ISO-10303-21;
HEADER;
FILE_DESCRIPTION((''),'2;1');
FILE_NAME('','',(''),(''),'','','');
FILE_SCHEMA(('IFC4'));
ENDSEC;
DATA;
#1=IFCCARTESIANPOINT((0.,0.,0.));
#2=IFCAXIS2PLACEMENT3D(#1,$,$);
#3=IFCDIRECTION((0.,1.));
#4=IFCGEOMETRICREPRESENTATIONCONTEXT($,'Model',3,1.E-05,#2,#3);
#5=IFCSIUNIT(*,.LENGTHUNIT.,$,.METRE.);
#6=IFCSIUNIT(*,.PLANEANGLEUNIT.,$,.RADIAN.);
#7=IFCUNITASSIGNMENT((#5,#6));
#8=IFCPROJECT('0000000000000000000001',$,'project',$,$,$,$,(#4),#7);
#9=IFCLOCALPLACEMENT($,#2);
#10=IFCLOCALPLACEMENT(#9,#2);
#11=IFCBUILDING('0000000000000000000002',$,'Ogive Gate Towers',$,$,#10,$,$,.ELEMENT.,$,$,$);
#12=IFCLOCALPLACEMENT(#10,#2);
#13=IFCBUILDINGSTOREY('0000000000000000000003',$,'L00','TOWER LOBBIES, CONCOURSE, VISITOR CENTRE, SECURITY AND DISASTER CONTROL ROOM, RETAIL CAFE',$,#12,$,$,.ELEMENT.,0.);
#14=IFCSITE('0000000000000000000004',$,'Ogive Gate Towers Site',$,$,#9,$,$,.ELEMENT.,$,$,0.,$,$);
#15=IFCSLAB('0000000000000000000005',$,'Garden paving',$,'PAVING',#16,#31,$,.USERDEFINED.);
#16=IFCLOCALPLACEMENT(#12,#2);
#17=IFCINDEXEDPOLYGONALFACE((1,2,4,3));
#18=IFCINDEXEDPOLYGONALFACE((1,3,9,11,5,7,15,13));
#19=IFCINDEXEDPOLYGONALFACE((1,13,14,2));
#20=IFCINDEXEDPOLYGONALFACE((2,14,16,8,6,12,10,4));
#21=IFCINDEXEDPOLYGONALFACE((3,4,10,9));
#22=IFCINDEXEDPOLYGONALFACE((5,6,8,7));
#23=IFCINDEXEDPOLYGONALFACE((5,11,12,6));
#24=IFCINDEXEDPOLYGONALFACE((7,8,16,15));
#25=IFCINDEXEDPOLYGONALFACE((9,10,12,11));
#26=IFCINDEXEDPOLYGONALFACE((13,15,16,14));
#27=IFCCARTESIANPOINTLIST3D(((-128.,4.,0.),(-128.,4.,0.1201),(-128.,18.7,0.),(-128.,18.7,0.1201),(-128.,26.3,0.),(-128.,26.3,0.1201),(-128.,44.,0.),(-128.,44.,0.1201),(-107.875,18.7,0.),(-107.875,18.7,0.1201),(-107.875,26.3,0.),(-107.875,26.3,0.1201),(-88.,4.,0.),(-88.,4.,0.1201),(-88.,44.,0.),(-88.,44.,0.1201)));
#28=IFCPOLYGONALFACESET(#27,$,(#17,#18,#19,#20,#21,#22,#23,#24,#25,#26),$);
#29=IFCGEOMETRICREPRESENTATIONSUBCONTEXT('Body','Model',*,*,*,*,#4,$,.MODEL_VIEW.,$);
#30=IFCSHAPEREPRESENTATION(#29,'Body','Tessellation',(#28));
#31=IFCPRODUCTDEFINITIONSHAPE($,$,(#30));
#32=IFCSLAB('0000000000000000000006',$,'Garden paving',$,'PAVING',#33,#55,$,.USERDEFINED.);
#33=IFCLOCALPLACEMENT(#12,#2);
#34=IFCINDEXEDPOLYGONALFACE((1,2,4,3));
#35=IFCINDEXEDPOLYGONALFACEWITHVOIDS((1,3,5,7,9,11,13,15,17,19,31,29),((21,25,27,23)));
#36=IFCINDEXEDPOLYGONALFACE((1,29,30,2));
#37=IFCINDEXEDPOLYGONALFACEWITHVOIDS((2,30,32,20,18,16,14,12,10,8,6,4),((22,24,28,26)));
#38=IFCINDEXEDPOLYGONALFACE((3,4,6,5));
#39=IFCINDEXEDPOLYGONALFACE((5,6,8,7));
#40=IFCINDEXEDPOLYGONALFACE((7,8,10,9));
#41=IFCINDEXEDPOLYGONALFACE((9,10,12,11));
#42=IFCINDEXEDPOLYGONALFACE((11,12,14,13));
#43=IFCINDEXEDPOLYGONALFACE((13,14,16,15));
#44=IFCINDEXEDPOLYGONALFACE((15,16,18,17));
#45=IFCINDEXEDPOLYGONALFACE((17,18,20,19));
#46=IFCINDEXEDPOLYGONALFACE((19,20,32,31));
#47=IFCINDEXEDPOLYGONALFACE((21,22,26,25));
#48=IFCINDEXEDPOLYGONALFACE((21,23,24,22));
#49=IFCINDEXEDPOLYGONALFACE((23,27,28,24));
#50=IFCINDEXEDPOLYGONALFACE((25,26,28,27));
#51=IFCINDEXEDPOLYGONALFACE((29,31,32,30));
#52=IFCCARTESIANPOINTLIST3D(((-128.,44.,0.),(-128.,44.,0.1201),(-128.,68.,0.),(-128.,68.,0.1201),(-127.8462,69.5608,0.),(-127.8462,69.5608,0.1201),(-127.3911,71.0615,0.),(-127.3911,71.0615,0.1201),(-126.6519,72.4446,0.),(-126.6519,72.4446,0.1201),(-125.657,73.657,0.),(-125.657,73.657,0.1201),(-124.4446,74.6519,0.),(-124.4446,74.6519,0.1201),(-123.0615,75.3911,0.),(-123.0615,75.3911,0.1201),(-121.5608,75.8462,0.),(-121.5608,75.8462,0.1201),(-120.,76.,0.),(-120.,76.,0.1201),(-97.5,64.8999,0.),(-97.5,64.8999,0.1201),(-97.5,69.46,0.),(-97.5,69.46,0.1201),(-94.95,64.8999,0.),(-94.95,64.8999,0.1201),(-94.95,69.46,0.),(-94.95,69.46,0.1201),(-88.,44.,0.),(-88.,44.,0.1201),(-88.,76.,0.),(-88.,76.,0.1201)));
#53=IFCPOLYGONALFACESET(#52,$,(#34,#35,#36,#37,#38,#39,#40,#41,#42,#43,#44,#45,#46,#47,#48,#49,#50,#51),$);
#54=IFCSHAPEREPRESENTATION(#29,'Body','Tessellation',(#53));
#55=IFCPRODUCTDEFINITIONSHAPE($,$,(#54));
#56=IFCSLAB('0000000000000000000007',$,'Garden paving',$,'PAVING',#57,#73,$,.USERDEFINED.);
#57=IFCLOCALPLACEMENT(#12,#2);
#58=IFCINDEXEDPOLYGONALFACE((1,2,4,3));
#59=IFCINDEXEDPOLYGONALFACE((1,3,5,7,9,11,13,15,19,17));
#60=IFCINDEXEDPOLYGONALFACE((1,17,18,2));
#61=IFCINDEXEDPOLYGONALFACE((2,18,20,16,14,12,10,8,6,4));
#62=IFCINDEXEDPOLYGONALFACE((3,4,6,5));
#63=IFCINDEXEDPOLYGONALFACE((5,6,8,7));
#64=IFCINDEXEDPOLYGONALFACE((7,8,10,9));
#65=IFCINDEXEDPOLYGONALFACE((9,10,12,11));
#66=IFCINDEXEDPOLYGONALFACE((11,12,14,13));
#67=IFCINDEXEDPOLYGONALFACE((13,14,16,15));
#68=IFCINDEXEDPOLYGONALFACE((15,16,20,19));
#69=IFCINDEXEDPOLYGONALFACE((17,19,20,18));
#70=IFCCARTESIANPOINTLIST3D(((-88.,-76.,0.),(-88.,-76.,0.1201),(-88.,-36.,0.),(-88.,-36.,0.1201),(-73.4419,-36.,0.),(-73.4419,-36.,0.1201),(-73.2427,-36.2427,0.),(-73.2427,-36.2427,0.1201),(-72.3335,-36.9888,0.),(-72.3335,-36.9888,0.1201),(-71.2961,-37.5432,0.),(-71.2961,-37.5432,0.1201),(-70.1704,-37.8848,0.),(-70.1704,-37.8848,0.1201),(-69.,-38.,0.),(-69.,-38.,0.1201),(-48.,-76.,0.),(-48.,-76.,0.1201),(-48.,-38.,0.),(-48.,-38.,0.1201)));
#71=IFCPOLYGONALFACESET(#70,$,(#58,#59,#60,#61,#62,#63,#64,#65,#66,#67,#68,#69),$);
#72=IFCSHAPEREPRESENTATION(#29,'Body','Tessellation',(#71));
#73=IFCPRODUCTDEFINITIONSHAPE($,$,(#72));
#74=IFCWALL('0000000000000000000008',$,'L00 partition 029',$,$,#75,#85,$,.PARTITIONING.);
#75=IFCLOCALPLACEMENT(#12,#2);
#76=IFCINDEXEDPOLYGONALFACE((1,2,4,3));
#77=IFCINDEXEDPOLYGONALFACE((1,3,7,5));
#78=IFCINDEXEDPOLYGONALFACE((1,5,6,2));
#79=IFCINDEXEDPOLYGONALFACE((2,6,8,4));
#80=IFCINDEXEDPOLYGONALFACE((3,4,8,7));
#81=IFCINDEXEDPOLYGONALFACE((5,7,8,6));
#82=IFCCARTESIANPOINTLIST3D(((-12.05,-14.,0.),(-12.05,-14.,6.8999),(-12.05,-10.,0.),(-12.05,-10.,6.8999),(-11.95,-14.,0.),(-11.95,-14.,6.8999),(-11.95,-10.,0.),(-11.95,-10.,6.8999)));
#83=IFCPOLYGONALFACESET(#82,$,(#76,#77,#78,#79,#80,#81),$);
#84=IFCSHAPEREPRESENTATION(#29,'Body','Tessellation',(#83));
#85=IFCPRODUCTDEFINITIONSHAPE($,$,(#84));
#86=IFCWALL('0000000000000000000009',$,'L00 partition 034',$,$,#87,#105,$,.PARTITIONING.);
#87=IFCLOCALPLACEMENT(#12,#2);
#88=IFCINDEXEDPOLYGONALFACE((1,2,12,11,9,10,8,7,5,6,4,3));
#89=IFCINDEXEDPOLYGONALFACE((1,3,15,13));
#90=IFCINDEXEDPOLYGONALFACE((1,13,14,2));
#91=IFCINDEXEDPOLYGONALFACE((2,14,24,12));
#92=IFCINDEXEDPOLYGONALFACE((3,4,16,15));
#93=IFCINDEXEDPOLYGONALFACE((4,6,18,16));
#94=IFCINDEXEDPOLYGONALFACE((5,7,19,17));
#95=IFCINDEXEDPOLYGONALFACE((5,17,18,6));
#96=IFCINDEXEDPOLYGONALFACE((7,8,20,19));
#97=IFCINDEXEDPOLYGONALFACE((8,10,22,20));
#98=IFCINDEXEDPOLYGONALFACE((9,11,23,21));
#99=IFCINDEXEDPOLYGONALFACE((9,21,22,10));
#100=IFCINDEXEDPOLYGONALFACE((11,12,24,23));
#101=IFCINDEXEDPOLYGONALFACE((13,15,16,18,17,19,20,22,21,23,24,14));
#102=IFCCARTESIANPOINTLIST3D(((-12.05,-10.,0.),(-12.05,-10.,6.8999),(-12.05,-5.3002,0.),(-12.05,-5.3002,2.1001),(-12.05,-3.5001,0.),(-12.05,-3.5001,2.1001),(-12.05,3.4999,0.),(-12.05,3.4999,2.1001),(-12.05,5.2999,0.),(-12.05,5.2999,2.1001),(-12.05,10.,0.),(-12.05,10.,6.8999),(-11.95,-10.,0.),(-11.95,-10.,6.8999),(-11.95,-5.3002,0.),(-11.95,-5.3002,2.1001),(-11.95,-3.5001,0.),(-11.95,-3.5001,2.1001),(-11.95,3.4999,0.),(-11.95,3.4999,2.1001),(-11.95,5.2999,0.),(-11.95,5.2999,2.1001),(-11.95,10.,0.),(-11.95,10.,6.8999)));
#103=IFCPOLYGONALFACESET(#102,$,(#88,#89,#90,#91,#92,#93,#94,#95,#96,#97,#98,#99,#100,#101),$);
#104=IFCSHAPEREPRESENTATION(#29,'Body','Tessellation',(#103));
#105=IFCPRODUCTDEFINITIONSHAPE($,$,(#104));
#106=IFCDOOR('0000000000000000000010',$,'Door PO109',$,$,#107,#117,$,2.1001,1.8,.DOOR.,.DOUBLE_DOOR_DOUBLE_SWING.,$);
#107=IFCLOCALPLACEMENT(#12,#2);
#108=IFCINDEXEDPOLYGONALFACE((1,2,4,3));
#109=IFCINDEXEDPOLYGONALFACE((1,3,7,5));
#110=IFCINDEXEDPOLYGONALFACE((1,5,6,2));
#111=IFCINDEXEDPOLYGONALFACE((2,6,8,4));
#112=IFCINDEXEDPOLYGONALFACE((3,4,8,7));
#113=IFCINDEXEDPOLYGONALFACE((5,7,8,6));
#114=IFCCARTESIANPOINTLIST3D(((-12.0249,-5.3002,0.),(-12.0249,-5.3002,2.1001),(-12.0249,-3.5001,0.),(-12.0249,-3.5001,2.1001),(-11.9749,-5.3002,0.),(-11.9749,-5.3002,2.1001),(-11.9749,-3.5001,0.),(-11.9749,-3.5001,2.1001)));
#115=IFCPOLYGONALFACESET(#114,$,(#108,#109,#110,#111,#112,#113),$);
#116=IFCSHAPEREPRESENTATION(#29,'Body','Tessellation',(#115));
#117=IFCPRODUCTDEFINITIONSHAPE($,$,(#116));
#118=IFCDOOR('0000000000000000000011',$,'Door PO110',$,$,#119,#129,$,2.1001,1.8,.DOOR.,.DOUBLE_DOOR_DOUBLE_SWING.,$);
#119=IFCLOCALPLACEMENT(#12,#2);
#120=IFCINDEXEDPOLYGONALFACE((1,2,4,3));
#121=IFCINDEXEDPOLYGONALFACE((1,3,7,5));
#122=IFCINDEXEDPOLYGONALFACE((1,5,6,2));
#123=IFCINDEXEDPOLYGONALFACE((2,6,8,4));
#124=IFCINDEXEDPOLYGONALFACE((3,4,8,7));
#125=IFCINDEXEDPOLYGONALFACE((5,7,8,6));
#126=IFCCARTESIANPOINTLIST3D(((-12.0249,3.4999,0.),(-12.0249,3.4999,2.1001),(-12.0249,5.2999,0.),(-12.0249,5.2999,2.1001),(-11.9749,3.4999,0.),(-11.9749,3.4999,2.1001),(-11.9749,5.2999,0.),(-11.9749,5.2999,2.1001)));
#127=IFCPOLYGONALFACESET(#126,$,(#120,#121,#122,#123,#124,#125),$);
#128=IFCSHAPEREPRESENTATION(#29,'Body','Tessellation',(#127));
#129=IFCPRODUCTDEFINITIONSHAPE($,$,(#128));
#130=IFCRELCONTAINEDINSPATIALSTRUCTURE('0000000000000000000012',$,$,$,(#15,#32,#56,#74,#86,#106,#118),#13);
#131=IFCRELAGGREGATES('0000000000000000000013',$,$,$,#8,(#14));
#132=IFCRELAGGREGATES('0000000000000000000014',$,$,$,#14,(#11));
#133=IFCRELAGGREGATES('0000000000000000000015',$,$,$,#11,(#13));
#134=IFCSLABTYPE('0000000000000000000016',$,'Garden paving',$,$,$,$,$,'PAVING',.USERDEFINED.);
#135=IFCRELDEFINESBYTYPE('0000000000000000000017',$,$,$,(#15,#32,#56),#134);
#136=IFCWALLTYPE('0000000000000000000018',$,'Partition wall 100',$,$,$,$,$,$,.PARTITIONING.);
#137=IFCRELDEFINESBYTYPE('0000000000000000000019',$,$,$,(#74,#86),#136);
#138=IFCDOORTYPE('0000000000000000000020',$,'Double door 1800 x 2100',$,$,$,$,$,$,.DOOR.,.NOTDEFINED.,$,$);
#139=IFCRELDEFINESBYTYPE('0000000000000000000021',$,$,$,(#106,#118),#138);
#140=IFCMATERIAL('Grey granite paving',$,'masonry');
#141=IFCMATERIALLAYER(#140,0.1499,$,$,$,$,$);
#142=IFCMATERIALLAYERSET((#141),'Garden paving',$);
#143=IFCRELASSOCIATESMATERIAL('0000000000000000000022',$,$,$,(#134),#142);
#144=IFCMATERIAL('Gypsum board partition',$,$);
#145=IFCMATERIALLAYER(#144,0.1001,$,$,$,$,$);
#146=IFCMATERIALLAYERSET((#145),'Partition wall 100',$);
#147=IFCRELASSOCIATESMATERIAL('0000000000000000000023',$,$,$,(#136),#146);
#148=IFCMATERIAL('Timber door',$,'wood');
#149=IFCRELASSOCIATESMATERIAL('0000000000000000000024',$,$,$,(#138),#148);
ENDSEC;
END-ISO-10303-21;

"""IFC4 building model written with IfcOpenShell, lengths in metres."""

from ifc_helpers import new_model, si_unit, direction, frame, frame_2d, origin, place, context, subcontext, project, spatial, polyline, rectangle, outline, extrude, material, layer, layer_set, type_object, element, fill, save


model = new_model("IFC4")

# Units and contexts
model_context = context("Model", 3, precision=1e-05, world=origin(), true_north=direction((0.0, 1.0)))
body_context = subcontext(model_context, "Body", "Model", "MODEL_VIEW")
ifc_project = project(units=[si_unit("LENGTHUNIT", "METRE"), si_unit("PLANEANGLEUNIT", "RADIAN")], contexts=[model_context])

# Site, building, storey
site_placement = place(None, origin())
site = spatial("IfcSite", under=ifc_project, at=site_placement, Name="Ogive Gate Towers Site", CompositionType="ELEMENT", RefElevation=0.0)
building_placement = place(site_placement, origin())
building = spatial("IfcBuilding", under=site, at=building_placement, Name="Ogive Gate Towers", CompositionType="ELEMENT")
storey_placement = place(building_placement, origin())
storey = spatial("IfcBuildingStorey", under=building, at=storey_placement, Name="L00", Description="TOWER LOBBIES, CONCOURSE, VISITOR CENTRE, SECURITY AND DISASTER CONTROL ROOM, RETAIL CAFE", CompositionType="ELEMENT", Elevation=0.0)

# Slabs
ifc_material_1 = material(Name="Grey granite paving", Category="masonry")
ifc_layer_1 = layer(ifc_material_1, 0.1499)
ifc_layer_set_1 = layer_set([ifc_layer_1], Name="Garden paving")
slab_type_1 = type_object("IfcSlabType", Name="Garden paving", ElementType="PAVING", PredefinedType="USERDEFINED", material=ifc_layer_set_1)
slab_1_placement = place(storey_placement, origin())
element("IfcSlab", 1, at=slab_1_placement, inside=storey, type_object=slab_type_1, Name="Garden paving", ObjectType="PAVING", PredefinedType="USERDEFINED", context=body_context, shape_type="SweptSolid", body=[
    extrude(outline(polyline([(-107.875, 26.3), (-128.0, 26.3), (-128.0, 44.0), (-88.0, 44.0), (-88.0, 4.0), (-128.0, 4.0), (-128.0, 18.7), (-107.875, 18.7), (-107.875, 26.3)])), origin(), (0.0, 0.0, 1.0), 0.1201),
])
slab_2_placement = place(storey_placement, origin())
element("IfcSlab", 2, at=slab_2_placement, inside=storey, type_object=slab_type_1, Name="Garden paving", ObjectType="PAVING", PredefinedType="USERDEFINED", context=body_context, shape_type="SweptSolid", body=[
    extrude(outline(polyline([(-128.0, 68.0), (-127.8462, 69.5608), (-127.3911, 71.0615), (-126.6519, 72.4446), (-125.657, 73.657), (-124.4446, 74.6519), (-123.0615, 75.3911), (-121.5608, 75.8462), (-120.0, 76.0), (-88.0, 76.0), (-88.0, 44.0), (-128.0, 44.0), (-128.0, 68.0)]), holes=[polyline([(-94.95, 69.46), (-97.5, 69.46), (-97.5, 64.8999), (-94.95, 64.8999), (-94.95, 69.46)])]), origin(), (0.0, 0.0, 1.0), 0.1201),
])
slab_3_placement = place(storey_placement, origin())
element("IfcSlab", 3, at=slab_3_placement, inside=storey, type_object=slab_type_1, Name="Garden paving", ObjectType="PAVING", PredefinedType="USERDEFINED", context=body_context, shape_type="SweptSolid", body=[
    extrude(outline(polyline([(-88.0, -76.0), (-88.0, -36.0), (-73.4419, -36.0), (-73.2427, -36.2427), (-72.3335, -36.9888), (-71.2961, -37.5432), (-70.1704, -37.8848), (-69.0, -38.0), (-48.0, -38.0), (-48.0, -76.0), (-88.0, -76.0)])), origin(), (0.0, 0.0, 1.0), 0.1201),
])

# Wall
ifc_material_2 = material(Name="Gypsum board partition")
ifc_layer_2 = layer(ifc_material_2, 0.1001)
ifc_layer_set_2 = layer_set([ifc_layer_2], Name="Partition wall 100")
wall_type = type_object("IfcWallType", Name="Partition wall 100", PredefinedType="PARTITIONING", material=ifc_layer_set_2)
wall_1_placement = place(storey_placement, frame((-12.0, -14.0, 0.0), z_axis=(0.0, 0.0, 1.0), x_axis=(0.0, 1.0, 0.0)))
element("IfcWall", 4, at=wall_1_placement, inside=storey, type_object=wall_type, Name="L00 partition 029", PredefinedType="PARTITIONING", context=body_context, shape_type="SweptSolid", body=[
    extrude(rectangle(XDim=4.0, YDim=0.1001, at=frame_2d((2.0, 0.0))), origin(), (0.0, 0.0, 1.0), 6.8999),
])

# Wall, openings, doors
wall_2_placement = place(storey_placement, frame((-12.0, -10.0, 0.0), z_axis=(0.0, 0.0, 1.0), x_axis=(0.0, 1.0, 0.0)))
wall_2 = element("IfcWall", 5, at=wall_2_placement, inside=storey, type_object=wall_type, Name="L00 partition 034", PredefinedType="PARTITIONING", context=body_context, shape_type="SweptSolid", body=[
    extrude(rectangle(XDim=20.0, YDim=0.1001, at=frame_2d((10.0, 0.0))), origin(), (0.0, 0.0, 1.0), 6.8999),
])
opening_1_placement = place(wall_2_placement, frame((4.7, 0.0, 0.0)))
opening_1 = element("IfcOpeningElement", 6, at=opening_1_placement, cuts=wall_2, PredefinedType="OPENING", context=body_context, shape_type="SweptSolid", body=[
    extrude(rectangle(XDim=1.8, YDim=2.1001, at=frame_2d((0.8999, 1.05))), frame((0.0, 0.0601, 0.0), z_axis=(0.0, -1.0, 0.0), x_axis=(1.0, 0.0, 0.0)), (0.0, 0.0, 1.0), 0.1201),
])
opening_2_placement = place(wall_2_placement, frame((13.5, 0.0, 0.0)))
opening_2 = element("IfcOpeningElement", 7, at=opening_2_placement, cuts=wall_2, PredefinedType="OPENING", context=body_context, shape_type="SweptSolid", body=[
    extrude(rectangle(XDim=1.8, YDim=2.1001, at=frame_2d((0.8999, 1.05))), frame((0.0, 0.0601, 0.0), z_axis=(0.0, -1.0, 0.0), x_axis=(1.0, 0.0, 0.0)), (0.0, 0.0, 1.0), 0.1201),
])
ifc_material_3 = material(Name="Timber door", Category="wood")
door_type = type_object("IfcDoorType", Name="Double door 1800 x 2100", OperationType="NOTDEFINED", PredefinedType="DOOR", material=ifc_material_3)
door_1_placement = place(opening_1_placement, origin())
door_1 = element("IfcDoor", 8, at=door_1_placement, inside=storey, type_object=door_type, Name="Door PO109", OperationType="DOUBLE_DOOR_DOUBLE_SWING", OverallHeight=2.1001, OverallWidth=1.8, PredefinedType="DOOR", context=body_context, shape_type="SweptSolid", body=[
    extrude(rectangle(XDim=1.8, YDim=2.1001, at=frame_2d((0.8999, 1.05))), frame((0.0, 0.0249, 0.0), z_axis=(0.0, -1.0, 0.0), x_axis=(1.0, 0.0, 0.0)), (0.0, 0.0, 1.0), 0.05),
])
fill(opening_1, door_1)
door_2_placement = place(opening_2_placement, origin())
door_2 = element("IfcDoor", 9, at=door_2_placement, inside=storey, type_object=door_type, Name="Door PO110", OperationType="DOUBLE_DOOR_DOUBLE_SWING", OverallHeight=2.1001, OverallWidth=1.8, PredefinedType="DOOR", context=body_context, shape_type="SweptSolid", body=[
    extrude(rectangle(XDim=1.8, YDim=2.1001, at=frame_2d((0.8999, 1.05))), frame((0.0, 0.0249, 0.0), z_axis=(0.0, -1.0, 0.0), x_axis=(1.0, 0.0, 0.0)), (0.0, 0.0, 1.0), 0.05),
])
fill(opening_2, door_2)

save(model, "model.ifc")
